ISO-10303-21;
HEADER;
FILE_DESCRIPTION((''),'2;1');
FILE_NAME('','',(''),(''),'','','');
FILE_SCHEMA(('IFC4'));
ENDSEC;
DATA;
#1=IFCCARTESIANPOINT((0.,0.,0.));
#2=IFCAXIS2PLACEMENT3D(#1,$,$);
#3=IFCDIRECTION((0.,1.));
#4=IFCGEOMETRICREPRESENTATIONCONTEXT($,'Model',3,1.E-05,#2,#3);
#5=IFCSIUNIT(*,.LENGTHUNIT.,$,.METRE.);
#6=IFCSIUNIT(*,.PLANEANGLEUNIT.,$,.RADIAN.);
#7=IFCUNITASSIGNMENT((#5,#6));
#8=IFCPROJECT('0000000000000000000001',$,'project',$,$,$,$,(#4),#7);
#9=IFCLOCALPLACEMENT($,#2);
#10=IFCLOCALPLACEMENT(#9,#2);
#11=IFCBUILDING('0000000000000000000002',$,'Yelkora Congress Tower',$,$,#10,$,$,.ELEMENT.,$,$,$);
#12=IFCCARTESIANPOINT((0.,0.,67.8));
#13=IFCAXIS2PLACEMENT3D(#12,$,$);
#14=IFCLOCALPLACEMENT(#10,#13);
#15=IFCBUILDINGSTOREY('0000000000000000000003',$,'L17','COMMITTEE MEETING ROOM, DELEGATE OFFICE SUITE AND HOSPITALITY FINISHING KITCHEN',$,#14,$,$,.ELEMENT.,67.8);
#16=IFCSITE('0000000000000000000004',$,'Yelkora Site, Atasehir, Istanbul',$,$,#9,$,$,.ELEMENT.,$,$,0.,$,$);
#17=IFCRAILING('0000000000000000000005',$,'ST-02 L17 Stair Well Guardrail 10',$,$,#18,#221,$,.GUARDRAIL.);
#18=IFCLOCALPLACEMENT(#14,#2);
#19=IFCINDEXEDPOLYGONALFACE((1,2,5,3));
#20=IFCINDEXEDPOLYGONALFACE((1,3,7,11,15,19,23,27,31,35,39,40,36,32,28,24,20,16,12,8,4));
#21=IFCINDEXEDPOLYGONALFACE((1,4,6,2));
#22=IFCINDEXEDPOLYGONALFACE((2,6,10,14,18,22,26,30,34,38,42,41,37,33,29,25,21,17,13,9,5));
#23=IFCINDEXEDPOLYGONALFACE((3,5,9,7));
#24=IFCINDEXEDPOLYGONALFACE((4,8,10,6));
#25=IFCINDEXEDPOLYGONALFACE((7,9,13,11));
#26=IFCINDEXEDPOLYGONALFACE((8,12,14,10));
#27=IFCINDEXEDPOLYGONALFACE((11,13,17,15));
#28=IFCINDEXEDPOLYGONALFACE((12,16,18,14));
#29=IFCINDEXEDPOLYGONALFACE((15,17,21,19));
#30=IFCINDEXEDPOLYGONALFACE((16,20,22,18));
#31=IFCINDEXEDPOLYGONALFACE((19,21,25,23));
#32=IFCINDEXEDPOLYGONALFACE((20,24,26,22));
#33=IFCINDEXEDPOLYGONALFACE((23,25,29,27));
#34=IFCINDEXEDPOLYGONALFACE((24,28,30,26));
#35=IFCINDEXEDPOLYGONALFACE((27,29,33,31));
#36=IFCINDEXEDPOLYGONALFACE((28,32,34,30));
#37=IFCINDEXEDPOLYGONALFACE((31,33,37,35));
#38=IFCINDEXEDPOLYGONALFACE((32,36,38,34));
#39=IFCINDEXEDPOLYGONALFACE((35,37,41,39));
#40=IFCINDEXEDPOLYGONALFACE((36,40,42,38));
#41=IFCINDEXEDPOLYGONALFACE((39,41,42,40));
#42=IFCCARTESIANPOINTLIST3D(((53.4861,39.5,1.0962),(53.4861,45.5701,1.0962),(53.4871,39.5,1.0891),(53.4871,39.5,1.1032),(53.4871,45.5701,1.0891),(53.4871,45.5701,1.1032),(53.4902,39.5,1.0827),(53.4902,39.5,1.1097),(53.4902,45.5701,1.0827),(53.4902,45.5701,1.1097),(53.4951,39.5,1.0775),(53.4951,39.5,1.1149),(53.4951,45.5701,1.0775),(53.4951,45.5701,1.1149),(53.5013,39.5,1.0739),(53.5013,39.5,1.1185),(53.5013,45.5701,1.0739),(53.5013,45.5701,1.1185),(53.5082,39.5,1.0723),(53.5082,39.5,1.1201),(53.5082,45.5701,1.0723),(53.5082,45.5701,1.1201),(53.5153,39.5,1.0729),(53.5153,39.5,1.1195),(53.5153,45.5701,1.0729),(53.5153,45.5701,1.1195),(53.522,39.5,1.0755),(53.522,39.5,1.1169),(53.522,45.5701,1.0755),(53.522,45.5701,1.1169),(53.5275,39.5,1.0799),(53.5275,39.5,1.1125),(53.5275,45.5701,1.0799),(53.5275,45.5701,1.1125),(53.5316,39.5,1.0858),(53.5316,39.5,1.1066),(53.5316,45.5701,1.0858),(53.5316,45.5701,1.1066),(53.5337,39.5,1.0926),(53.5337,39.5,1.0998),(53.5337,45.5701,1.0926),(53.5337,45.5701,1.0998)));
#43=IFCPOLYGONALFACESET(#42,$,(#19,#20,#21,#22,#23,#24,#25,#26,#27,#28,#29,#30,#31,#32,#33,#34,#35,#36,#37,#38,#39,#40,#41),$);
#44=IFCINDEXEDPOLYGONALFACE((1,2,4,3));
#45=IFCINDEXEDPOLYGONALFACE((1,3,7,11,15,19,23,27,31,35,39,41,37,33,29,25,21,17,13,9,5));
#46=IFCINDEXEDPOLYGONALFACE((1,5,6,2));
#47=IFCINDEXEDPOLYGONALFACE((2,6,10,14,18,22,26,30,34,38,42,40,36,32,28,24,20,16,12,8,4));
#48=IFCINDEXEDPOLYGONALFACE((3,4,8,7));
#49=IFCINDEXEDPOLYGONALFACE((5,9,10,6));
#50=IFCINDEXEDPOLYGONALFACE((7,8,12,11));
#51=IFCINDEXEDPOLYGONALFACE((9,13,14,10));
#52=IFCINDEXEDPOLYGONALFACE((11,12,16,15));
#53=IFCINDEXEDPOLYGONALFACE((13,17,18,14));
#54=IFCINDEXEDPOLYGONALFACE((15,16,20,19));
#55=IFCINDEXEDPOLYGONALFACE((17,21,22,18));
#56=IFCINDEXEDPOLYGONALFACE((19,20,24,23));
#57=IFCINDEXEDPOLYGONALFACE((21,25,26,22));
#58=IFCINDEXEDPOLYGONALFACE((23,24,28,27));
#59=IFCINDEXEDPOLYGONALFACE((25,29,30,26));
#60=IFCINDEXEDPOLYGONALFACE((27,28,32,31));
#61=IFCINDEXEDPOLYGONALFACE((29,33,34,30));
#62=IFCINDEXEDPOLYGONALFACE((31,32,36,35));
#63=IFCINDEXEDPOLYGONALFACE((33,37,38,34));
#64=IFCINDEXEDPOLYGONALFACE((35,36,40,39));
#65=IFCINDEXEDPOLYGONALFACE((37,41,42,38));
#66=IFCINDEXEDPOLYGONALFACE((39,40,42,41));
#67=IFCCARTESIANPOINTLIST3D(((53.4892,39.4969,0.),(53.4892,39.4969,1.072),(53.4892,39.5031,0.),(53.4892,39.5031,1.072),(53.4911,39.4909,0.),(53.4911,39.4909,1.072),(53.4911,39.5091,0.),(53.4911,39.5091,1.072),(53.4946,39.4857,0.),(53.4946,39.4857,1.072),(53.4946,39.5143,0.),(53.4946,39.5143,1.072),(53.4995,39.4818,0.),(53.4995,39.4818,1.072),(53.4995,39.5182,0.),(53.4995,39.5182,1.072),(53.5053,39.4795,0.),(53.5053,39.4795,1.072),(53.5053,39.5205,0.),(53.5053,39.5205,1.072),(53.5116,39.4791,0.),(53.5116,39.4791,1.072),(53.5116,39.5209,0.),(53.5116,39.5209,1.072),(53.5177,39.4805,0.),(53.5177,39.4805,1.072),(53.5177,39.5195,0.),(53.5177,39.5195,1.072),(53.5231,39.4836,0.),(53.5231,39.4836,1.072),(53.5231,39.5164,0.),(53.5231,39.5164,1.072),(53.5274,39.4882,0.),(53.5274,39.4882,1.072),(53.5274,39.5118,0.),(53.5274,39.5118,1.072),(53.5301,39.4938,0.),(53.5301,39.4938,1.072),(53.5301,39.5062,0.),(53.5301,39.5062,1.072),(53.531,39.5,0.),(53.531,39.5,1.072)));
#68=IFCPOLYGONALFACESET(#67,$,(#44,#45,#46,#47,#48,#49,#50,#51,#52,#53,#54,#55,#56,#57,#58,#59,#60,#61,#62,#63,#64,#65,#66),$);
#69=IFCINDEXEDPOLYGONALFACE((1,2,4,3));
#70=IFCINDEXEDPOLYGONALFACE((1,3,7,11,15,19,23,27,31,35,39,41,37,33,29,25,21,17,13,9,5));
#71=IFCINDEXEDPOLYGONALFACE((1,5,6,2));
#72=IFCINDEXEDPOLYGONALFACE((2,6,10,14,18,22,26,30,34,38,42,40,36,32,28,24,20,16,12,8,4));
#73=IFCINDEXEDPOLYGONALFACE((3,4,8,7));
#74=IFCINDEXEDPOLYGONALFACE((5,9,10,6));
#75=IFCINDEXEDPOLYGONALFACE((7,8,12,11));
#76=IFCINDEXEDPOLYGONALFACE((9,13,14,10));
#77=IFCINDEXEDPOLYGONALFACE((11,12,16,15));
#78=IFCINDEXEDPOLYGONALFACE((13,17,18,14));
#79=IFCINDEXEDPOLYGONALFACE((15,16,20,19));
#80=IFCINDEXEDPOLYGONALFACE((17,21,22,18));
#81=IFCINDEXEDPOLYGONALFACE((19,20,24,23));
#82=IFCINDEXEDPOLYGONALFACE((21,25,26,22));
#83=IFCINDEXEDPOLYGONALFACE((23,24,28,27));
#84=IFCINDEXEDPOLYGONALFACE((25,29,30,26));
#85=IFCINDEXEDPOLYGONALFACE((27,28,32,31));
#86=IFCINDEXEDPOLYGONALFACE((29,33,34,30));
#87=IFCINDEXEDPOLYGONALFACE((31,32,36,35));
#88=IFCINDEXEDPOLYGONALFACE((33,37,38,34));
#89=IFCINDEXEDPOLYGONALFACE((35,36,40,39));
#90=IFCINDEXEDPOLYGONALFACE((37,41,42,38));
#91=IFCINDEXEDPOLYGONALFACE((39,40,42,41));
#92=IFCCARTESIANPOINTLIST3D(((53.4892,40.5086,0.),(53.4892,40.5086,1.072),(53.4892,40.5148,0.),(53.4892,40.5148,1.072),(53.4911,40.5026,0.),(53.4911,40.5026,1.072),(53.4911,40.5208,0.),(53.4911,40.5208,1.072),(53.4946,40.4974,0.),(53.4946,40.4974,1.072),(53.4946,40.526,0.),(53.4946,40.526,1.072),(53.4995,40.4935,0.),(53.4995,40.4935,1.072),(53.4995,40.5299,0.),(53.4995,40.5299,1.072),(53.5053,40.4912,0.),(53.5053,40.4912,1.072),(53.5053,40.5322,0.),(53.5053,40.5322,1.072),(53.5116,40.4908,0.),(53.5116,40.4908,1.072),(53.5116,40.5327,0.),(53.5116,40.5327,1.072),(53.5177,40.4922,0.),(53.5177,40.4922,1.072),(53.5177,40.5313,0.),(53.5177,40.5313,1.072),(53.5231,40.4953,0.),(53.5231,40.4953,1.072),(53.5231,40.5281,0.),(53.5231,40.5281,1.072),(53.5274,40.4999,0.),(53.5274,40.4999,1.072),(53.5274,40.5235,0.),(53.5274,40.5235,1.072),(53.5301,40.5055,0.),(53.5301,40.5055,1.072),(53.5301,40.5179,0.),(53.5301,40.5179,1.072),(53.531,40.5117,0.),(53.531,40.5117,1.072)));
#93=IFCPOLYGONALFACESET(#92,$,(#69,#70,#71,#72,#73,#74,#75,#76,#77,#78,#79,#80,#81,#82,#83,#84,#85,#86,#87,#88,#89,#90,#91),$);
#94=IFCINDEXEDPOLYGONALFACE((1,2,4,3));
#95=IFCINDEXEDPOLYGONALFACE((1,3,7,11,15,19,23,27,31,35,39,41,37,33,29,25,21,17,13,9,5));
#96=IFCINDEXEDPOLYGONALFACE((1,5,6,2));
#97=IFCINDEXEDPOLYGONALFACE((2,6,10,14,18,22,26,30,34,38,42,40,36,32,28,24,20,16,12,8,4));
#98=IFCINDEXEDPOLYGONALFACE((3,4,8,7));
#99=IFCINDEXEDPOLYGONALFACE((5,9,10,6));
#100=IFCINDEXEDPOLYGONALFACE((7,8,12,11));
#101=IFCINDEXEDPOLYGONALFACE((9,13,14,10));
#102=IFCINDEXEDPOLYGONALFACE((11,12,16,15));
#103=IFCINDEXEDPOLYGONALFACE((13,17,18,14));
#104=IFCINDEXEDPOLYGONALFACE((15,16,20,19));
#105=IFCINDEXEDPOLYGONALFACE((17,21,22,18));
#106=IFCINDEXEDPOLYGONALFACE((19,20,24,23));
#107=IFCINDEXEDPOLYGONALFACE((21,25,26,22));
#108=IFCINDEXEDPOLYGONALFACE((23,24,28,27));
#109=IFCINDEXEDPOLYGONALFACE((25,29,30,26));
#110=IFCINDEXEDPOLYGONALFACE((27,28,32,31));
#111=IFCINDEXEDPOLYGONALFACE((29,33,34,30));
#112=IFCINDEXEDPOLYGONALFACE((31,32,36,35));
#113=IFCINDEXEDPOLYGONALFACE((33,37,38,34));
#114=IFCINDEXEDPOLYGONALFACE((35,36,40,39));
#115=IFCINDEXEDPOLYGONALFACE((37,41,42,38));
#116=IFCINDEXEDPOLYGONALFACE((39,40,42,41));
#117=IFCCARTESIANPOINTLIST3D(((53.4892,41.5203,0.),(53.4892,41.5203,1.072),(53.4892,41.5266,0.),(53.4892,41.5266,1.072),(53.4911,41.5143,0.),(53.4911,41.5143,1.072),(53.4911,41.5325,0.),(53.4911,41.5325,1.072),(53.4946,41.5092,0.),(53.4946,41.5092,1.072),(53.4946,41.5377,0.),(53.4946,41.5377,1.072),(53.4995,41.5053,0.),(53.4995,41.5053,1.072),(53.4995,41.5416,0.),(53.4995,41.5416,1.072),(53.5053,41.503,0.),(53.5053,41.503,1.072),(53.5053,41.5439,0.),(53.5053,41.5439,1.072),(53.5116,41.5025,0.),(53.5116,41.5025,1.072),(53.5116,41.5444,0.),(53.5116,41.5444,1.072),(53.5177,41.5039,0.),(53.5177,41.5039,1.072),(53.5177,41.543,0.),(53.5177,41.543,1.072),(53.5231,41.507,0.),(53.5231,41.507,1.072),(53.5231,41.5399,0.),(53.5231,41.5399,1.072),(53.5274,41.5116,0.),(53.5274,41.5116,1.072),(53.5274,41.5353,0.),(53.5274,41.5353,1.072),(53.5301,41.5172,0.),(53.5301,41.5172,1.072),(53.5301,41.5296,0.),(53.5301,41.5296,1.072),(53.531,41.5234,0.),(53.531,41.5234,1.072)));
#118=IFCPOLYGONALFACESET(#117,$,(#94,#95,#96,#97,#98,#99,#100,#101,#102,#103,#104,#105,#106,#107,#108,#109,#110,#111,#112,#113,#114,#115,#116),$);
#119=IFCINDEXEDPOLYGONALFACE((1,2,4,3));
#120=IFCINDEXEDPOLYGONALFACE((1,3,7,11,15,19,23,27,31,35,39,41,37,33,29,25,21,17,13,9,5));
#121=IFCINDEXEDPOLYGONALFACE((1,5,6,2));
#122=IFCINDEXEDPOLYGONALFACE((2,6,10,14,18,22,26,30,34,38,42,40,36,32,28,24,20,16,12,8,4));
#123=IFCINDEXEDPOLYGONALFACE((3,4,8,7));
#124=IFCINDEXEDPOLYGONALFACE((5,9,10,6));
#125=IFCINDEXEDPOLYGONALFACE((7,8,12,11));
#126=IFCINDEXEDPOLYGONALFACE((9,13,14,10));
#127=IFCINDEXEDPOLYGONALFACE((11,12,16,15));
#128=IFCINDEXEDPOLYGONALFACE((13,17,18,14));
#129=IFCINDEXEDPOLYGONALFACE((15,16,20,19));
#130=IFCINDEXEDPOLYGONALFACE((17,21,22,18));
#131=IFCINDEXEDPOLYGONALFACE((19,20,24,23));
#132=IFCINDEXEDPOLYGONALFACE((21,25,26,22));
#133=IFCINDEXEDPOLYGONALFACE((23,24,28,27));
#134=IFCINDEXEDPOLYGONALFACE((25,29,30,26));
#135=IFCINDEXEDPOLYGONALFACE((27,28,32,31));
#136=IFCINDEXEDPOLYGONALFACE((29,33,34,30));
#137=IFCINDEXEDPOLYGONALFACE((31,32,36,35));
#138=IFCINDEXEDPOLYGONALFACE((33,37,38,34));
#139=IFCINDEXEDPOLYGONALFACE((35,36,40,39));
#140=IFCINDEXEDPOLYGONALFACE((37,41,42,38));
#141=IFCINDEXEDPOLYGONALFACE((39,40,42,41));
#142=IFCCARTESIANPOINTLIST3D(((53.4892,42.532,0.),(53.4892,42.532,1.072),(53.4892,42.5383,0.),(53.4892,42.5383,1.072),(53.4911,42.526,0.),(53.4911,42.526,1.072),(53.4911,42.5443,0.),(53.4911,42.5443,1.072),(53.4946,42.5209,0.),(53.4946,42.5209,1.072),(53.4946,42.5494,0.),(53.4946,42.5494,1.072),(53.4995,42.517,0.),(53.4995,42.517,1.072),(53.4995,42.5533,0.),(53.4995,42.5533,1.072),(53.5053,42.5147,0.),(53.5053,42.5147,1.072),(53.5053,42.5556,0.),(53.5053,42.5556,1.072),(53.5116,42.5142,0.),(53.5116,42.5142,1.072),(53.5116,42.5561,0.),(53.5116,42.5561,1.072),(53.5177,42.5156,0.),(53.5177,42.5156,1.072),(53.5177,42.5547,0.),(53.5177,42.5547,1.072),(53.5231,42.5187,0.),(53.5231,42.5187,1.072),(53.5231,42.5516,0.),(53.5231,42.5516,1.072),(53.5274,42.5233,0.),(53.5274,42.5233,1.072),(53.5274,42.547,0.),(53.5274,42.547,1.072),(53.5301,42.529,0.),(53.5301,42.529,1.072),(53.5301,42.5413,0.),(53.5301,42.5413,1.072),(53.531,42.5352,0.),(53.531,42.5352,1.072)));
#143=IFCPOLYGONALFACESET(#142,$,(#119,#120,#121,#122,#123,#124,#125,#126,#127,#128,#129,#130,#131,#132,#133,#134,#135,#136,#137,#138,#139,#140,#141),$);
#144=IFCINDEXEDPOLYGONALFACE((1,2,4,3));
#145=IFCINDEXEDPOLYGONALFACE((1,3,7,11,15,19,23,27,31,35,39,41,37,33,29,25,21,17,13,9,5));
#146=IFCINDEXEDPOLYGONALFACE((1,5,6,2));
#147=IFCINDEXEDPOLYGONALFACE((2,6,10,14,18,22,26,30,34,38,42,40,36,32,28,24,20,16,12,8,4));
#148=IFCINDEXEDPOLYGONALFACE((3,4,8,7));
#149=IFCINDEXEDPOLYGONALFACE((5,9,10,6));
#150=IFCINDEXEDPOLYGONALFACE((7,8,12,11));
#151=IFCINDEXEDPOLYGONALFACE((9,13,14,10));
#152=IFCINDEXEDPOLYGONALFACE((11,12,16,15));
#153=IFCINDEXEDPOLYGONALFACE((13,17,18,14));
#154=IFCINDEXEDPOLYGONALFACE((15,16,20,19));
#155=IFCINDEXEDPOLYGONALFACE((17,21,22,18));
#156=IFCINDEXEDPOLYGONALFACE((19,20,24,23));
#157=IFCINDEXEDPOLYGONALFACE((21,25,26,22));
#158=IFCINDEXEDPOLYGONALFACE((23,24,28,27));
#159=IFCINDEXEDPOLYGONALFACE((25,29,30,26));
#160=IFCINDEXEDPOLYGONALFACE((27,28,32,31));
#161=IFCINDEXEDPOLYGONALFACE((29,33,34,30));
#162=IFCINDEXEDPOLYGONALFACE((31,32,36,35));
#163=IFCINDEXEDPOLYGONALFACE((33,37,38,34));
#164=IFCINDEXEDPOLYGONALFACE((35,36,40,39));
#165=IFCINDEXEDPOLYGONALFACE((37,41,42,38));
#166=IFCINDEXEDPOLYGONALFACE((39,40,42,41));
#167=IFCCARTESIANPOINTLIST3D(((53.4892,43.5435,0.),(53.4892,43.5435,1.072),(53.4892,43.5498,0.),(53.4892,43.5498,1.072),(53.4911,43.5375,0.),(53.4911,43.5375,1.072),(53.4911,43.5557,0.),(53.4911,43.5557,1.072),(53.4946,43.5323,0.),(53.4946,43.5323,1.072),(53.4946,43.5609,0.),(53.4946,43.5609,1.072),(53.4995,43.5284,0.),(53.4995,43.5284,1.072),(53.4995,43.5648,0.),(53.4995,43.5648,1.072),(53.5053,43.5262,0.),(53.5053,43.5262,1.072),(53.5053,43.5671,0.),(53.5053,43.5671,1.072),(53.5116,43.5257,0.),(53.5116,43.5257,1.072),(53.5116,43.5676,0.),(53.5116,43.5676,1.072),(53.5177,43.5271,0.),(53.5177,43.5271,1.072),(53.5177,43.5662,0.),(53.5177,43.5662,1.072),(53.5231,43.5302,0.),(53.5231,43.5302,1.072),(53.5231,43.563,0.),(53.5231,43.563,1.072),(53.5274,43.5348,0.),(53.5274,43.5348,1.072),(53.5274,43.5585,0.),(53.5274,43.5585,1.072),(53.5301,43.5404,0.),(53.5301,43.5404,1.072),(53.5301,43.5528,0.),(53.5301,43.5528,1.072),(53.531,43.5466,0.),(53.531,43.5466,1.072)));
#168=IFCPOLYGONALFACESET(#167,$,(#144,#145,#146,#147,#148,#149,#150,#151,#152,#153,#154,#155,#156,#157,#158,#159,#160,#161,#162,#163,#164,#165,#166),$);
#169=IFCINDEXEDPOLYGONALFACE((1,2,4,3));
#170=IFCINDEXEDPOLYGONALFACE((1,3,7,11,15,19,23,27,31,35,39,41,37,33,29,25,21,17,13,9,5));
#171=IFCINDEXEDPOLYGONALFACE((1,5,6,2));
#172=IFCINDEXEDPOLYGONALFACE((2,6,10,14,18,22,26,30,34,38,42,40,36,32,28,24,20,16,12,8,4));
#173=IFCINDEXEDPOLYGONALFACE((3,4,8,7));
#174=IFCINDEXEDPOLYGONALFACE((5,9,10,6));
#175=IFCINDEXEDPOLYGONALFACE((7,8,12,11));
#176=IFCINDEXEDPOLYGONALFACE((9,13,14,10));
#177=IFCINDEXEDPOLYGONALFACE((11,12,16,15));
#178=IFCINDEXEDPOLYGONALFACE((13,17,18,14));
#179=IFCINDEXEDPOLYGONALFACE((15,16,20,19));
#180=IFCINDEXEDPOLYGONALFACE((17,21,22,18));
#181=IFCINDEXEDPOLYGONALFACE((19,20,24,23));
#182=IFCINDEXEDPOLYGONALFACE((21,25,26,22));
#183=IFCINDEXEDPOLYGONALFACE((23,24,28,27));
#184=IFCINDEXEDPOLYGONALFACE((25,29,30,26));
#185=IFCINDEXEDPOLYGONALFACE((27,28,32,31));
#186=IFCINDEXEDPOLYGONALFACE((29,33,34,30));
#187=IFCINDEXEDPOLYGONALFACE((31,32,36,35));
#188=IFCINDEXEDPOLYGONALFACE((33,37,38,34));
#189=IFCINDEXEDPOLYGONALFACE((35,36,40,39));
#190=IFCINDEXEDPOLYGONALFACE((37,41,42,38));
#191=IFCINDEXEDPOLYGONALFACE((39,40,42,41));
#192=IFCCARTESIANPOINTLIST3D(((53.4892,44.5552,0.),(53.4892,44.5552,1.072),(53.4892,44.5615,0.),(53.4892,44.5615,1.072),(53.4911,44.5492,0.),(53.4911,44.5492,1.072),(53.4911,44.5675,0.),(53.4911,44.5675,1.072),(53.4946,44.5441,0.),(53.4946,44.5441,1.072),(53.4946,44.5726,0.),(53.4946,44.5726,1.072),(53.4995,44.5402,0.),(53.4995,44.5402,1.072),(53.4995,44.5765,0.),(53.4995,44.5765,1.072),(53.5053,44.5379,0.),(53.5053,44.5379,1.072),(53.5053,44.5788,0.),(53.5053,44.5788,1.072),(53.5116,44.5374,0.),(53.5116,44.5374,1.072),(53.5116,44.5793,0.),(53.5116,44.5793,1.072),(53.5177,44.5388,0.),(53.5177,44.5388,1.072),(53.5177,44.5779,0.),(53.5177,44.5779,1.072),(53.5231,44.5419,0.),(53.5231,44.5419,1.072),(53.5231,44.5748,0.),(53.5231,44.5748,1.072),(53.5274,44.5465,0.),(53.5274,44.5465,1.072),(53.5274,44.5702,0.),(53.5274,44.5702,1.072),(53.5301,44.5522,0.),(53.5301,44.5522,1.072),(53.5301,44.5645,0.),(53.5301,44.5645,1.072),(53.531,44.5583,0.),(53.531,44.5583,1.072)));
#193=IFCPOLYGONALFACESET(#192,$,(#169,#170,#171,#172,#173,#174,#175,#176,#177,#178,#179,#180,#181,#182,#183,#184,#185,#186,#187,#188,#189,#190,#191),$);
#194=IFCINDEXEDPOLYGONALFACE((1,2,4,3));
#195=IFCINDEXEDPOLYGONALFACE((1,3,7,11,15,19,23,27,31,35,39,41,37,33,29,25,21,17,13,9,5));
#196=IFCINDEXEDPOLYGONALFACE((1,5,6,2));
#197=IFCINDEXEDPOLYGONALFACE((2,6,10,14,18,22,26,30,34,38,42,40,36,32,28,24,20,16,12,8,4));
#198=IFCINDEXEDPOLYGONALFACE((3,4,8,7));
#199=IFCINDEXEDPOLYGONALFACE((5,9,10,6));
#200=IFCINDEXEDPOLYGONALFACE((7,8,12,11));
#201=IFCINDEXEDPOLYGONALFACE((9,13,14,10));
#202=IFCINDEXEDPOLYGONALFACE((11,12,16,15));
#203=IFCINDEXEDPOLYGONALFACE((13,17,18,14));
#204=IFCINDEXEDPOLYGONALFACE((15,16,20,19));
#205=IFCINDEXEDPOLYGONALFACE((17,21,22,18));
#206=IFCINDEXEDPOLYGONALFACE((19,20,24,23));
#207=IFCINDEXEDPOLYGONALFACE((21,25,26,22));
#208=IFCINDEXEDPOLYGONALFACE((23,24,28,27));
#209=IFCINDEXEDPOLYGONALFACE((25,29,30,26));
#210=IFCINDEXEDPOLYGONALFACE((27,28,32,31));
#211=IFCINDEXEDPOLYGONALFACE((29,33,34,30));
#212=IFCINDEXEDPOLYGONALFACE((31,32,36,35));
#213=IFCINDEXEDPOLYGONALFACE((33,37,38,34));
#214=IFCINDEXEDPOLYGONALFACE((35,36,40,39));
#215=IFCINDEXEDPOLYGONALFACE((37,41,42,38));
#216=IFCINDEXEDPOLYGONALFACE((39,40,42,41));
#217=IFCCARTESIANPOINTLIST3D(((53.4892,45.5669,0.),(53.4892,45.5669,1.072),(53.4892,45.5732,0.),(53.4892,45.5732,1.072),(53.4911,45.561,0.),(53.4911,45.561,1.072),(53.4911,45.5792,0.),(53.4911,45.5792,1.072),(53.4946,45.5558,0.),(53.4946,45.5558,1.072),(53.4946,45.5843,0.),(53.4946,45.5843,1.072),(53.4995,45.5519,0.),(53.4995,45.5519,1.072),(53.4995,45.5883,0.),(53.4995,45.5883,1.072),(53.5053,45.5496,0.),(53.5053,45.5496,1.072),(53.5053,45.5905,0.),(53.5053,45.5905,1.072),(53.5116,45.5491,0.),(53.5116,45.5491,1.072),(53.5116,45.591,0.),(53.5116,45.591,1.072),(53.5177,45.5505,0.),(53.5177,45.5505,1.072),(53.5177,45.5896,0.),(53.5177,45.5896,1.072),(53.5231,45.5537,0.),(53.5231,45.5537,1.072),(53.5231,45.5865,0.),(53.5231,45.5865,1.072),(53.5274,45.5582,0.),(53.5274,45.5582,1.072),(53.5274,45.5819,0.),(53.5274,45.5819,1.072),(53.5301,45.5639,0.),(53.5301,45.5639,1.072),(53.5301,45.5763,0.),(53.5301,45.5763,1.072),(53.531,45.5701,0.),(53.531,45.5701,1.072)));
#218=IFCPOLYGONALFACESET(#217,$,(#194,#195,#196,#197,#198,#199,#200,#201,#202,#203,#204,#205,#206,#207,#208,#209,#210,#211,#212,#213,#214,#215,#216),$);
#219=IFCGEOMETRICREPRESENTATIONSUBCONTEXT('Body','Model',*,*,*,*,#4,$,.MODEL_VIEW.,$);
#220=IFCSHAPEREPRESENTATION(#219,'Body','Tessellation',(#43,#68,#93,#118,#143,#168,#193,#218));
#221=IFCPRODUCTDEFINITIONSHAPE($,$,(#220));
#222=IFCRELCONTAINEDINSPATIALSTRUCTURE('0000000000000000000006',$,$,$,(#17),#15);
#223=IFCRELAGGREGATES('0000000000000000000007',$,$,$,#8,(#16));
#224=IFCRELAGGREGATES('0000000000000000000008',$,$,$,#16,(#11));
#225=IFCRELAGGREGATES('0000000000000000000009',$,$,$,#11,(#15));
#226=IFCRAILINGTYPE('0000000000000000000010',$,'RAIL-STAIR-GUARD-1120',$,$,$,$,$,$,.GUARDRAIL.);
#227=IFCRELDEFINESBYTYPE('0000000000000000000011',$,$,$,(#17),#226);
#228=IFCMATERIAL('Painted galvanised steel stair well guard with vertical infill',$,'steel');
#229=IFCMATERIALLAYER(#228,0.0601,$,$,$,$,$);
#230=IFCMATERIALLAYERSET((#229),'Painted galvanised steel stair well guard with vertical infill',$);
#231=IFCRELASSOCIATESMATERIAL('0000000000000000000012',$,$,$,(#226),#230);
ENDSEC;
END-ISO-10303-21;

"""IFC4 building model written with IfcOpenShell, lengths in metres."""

from ifc_helpers import new_model, si_unit, direction, frame, origin, origin_2d, place, context, subcontext, project, spatial, circle, extrude, material, layer, layer_set, type_object, element, save


model = new_model("IFC4")

# Units and contexts
model_context = context("Model", 3, precision=1e-05, world=origin(), true_north=direction((0.0, 1.0)))
body_context = subcontext(model_context, "Body", "Model", "MODEL_VIEW")
ifc_project = project(units=[si_unit("LENGTHUNIT", "METRE"), si_unit("PLANEANGLEUNIT", "RADIAN")], contexts=[model_context])

# Site, building, storey
site_placement = place(None, origin())
site = spatial("IfcSite", under=ifc_project, at=site_placement, Name="Yelkora Site, Atasehir, Istanbul", CompositionType="ELEMENT", RefElevation=0.0)
building_placement = place(site_placement, origin())
building = spatial("IfcBuilding", under=site, at=building_placement, Name="Yelkora Congress Tower", CompositionType="ELEMENT")
storey_placement = place(building_placement, frame((0.0, 0.0, 67.8)))
storey = spatial("IfcBuildingStorey", under=building, at=storey_placement, Name="L17", Description="COMMITTEE MEETING ROOM, DELEGATE OFFICE SUITE AND HOSPITALITY FINISHING KITCHEN", CompositionType="ELEMENT", Elevation=67.8)

# Railing
ifc_material_1 = material(Name="Painted galvanised steel stair well guard with vertical infill", Category="steel")
ifc_layer_1 = layer(ifc_material_1, 0.0601)
ifc_layer_set_1 = layer_set([ifc_layer_1], Name="Painted galvanised steel stair well guard with vertical infill")
railing_type_1 = type_object("IfcRailingType", Name="RAIL-STAIR-GUARD-1120", PredefinedType="GUARDRAIL", material=ifc_layer_set_1)
railing_1_placement = place(storey_placement, frame((53.51, 39.5, 0.0)))
element("IfcRailing", 1, at=railing_1_placement, inside=storey, type_object=railing_type_1, Name="ST-02 L17 Stair Well Guardrail 10", PredefinedType="GUARDRAIL", context=body_context, shape_type="SweptSolid", body=[
    extrude(circle(Radius=0.0239, at=origin_2d()), frame((0.0, 0.0, 1.0962), z_axis=(0.0, 1.0, 0.0), x_axis=(-1.0, 0.0, 0.0)), (0.0, 0.0, 1.0), 6.0701),
    extrude(circle(Radius=0.021, at=origin_2d()), origin(), (0.0, 0.0, 1.0), 1.072),
    extrude(circle(Radius=0.021, at=origin_2d()), frame((0.0, 1.0117, 0.0)), (0.0, 0.0, 1.0), 1.072),
    extrude(circle(Radius=0.021, at=origin_2d()), frame((0.0, 2.0234, 0.0)), (0.0, 0.0, 1.0), 1.072),
    extrude(circle(Radius=0.021, at=origin_2d()), frame((0.0, 3.0352, 0.0)), (0.0, 0.0, 1.0), 1.072),
    extrude(circle(Radius=0.021, at=origin_2d()), frame((0.0, 4.0466, 0.0)), (0.0, 0.0, 1.0), 1.072),
    extrude(circle(Radius=0.021, at=origin_2d()), frame((0.0, 5.0583, 0.0)), (0.0, 0.0, 1.0), 1.072),
    extrude(circle(Radius=0.021, at=origin_2d()), frame((0.0, 6.0701, 0.0)), (0.0, 0.0, 1.0), 1.072),
])

save(model, "model.ifc")
